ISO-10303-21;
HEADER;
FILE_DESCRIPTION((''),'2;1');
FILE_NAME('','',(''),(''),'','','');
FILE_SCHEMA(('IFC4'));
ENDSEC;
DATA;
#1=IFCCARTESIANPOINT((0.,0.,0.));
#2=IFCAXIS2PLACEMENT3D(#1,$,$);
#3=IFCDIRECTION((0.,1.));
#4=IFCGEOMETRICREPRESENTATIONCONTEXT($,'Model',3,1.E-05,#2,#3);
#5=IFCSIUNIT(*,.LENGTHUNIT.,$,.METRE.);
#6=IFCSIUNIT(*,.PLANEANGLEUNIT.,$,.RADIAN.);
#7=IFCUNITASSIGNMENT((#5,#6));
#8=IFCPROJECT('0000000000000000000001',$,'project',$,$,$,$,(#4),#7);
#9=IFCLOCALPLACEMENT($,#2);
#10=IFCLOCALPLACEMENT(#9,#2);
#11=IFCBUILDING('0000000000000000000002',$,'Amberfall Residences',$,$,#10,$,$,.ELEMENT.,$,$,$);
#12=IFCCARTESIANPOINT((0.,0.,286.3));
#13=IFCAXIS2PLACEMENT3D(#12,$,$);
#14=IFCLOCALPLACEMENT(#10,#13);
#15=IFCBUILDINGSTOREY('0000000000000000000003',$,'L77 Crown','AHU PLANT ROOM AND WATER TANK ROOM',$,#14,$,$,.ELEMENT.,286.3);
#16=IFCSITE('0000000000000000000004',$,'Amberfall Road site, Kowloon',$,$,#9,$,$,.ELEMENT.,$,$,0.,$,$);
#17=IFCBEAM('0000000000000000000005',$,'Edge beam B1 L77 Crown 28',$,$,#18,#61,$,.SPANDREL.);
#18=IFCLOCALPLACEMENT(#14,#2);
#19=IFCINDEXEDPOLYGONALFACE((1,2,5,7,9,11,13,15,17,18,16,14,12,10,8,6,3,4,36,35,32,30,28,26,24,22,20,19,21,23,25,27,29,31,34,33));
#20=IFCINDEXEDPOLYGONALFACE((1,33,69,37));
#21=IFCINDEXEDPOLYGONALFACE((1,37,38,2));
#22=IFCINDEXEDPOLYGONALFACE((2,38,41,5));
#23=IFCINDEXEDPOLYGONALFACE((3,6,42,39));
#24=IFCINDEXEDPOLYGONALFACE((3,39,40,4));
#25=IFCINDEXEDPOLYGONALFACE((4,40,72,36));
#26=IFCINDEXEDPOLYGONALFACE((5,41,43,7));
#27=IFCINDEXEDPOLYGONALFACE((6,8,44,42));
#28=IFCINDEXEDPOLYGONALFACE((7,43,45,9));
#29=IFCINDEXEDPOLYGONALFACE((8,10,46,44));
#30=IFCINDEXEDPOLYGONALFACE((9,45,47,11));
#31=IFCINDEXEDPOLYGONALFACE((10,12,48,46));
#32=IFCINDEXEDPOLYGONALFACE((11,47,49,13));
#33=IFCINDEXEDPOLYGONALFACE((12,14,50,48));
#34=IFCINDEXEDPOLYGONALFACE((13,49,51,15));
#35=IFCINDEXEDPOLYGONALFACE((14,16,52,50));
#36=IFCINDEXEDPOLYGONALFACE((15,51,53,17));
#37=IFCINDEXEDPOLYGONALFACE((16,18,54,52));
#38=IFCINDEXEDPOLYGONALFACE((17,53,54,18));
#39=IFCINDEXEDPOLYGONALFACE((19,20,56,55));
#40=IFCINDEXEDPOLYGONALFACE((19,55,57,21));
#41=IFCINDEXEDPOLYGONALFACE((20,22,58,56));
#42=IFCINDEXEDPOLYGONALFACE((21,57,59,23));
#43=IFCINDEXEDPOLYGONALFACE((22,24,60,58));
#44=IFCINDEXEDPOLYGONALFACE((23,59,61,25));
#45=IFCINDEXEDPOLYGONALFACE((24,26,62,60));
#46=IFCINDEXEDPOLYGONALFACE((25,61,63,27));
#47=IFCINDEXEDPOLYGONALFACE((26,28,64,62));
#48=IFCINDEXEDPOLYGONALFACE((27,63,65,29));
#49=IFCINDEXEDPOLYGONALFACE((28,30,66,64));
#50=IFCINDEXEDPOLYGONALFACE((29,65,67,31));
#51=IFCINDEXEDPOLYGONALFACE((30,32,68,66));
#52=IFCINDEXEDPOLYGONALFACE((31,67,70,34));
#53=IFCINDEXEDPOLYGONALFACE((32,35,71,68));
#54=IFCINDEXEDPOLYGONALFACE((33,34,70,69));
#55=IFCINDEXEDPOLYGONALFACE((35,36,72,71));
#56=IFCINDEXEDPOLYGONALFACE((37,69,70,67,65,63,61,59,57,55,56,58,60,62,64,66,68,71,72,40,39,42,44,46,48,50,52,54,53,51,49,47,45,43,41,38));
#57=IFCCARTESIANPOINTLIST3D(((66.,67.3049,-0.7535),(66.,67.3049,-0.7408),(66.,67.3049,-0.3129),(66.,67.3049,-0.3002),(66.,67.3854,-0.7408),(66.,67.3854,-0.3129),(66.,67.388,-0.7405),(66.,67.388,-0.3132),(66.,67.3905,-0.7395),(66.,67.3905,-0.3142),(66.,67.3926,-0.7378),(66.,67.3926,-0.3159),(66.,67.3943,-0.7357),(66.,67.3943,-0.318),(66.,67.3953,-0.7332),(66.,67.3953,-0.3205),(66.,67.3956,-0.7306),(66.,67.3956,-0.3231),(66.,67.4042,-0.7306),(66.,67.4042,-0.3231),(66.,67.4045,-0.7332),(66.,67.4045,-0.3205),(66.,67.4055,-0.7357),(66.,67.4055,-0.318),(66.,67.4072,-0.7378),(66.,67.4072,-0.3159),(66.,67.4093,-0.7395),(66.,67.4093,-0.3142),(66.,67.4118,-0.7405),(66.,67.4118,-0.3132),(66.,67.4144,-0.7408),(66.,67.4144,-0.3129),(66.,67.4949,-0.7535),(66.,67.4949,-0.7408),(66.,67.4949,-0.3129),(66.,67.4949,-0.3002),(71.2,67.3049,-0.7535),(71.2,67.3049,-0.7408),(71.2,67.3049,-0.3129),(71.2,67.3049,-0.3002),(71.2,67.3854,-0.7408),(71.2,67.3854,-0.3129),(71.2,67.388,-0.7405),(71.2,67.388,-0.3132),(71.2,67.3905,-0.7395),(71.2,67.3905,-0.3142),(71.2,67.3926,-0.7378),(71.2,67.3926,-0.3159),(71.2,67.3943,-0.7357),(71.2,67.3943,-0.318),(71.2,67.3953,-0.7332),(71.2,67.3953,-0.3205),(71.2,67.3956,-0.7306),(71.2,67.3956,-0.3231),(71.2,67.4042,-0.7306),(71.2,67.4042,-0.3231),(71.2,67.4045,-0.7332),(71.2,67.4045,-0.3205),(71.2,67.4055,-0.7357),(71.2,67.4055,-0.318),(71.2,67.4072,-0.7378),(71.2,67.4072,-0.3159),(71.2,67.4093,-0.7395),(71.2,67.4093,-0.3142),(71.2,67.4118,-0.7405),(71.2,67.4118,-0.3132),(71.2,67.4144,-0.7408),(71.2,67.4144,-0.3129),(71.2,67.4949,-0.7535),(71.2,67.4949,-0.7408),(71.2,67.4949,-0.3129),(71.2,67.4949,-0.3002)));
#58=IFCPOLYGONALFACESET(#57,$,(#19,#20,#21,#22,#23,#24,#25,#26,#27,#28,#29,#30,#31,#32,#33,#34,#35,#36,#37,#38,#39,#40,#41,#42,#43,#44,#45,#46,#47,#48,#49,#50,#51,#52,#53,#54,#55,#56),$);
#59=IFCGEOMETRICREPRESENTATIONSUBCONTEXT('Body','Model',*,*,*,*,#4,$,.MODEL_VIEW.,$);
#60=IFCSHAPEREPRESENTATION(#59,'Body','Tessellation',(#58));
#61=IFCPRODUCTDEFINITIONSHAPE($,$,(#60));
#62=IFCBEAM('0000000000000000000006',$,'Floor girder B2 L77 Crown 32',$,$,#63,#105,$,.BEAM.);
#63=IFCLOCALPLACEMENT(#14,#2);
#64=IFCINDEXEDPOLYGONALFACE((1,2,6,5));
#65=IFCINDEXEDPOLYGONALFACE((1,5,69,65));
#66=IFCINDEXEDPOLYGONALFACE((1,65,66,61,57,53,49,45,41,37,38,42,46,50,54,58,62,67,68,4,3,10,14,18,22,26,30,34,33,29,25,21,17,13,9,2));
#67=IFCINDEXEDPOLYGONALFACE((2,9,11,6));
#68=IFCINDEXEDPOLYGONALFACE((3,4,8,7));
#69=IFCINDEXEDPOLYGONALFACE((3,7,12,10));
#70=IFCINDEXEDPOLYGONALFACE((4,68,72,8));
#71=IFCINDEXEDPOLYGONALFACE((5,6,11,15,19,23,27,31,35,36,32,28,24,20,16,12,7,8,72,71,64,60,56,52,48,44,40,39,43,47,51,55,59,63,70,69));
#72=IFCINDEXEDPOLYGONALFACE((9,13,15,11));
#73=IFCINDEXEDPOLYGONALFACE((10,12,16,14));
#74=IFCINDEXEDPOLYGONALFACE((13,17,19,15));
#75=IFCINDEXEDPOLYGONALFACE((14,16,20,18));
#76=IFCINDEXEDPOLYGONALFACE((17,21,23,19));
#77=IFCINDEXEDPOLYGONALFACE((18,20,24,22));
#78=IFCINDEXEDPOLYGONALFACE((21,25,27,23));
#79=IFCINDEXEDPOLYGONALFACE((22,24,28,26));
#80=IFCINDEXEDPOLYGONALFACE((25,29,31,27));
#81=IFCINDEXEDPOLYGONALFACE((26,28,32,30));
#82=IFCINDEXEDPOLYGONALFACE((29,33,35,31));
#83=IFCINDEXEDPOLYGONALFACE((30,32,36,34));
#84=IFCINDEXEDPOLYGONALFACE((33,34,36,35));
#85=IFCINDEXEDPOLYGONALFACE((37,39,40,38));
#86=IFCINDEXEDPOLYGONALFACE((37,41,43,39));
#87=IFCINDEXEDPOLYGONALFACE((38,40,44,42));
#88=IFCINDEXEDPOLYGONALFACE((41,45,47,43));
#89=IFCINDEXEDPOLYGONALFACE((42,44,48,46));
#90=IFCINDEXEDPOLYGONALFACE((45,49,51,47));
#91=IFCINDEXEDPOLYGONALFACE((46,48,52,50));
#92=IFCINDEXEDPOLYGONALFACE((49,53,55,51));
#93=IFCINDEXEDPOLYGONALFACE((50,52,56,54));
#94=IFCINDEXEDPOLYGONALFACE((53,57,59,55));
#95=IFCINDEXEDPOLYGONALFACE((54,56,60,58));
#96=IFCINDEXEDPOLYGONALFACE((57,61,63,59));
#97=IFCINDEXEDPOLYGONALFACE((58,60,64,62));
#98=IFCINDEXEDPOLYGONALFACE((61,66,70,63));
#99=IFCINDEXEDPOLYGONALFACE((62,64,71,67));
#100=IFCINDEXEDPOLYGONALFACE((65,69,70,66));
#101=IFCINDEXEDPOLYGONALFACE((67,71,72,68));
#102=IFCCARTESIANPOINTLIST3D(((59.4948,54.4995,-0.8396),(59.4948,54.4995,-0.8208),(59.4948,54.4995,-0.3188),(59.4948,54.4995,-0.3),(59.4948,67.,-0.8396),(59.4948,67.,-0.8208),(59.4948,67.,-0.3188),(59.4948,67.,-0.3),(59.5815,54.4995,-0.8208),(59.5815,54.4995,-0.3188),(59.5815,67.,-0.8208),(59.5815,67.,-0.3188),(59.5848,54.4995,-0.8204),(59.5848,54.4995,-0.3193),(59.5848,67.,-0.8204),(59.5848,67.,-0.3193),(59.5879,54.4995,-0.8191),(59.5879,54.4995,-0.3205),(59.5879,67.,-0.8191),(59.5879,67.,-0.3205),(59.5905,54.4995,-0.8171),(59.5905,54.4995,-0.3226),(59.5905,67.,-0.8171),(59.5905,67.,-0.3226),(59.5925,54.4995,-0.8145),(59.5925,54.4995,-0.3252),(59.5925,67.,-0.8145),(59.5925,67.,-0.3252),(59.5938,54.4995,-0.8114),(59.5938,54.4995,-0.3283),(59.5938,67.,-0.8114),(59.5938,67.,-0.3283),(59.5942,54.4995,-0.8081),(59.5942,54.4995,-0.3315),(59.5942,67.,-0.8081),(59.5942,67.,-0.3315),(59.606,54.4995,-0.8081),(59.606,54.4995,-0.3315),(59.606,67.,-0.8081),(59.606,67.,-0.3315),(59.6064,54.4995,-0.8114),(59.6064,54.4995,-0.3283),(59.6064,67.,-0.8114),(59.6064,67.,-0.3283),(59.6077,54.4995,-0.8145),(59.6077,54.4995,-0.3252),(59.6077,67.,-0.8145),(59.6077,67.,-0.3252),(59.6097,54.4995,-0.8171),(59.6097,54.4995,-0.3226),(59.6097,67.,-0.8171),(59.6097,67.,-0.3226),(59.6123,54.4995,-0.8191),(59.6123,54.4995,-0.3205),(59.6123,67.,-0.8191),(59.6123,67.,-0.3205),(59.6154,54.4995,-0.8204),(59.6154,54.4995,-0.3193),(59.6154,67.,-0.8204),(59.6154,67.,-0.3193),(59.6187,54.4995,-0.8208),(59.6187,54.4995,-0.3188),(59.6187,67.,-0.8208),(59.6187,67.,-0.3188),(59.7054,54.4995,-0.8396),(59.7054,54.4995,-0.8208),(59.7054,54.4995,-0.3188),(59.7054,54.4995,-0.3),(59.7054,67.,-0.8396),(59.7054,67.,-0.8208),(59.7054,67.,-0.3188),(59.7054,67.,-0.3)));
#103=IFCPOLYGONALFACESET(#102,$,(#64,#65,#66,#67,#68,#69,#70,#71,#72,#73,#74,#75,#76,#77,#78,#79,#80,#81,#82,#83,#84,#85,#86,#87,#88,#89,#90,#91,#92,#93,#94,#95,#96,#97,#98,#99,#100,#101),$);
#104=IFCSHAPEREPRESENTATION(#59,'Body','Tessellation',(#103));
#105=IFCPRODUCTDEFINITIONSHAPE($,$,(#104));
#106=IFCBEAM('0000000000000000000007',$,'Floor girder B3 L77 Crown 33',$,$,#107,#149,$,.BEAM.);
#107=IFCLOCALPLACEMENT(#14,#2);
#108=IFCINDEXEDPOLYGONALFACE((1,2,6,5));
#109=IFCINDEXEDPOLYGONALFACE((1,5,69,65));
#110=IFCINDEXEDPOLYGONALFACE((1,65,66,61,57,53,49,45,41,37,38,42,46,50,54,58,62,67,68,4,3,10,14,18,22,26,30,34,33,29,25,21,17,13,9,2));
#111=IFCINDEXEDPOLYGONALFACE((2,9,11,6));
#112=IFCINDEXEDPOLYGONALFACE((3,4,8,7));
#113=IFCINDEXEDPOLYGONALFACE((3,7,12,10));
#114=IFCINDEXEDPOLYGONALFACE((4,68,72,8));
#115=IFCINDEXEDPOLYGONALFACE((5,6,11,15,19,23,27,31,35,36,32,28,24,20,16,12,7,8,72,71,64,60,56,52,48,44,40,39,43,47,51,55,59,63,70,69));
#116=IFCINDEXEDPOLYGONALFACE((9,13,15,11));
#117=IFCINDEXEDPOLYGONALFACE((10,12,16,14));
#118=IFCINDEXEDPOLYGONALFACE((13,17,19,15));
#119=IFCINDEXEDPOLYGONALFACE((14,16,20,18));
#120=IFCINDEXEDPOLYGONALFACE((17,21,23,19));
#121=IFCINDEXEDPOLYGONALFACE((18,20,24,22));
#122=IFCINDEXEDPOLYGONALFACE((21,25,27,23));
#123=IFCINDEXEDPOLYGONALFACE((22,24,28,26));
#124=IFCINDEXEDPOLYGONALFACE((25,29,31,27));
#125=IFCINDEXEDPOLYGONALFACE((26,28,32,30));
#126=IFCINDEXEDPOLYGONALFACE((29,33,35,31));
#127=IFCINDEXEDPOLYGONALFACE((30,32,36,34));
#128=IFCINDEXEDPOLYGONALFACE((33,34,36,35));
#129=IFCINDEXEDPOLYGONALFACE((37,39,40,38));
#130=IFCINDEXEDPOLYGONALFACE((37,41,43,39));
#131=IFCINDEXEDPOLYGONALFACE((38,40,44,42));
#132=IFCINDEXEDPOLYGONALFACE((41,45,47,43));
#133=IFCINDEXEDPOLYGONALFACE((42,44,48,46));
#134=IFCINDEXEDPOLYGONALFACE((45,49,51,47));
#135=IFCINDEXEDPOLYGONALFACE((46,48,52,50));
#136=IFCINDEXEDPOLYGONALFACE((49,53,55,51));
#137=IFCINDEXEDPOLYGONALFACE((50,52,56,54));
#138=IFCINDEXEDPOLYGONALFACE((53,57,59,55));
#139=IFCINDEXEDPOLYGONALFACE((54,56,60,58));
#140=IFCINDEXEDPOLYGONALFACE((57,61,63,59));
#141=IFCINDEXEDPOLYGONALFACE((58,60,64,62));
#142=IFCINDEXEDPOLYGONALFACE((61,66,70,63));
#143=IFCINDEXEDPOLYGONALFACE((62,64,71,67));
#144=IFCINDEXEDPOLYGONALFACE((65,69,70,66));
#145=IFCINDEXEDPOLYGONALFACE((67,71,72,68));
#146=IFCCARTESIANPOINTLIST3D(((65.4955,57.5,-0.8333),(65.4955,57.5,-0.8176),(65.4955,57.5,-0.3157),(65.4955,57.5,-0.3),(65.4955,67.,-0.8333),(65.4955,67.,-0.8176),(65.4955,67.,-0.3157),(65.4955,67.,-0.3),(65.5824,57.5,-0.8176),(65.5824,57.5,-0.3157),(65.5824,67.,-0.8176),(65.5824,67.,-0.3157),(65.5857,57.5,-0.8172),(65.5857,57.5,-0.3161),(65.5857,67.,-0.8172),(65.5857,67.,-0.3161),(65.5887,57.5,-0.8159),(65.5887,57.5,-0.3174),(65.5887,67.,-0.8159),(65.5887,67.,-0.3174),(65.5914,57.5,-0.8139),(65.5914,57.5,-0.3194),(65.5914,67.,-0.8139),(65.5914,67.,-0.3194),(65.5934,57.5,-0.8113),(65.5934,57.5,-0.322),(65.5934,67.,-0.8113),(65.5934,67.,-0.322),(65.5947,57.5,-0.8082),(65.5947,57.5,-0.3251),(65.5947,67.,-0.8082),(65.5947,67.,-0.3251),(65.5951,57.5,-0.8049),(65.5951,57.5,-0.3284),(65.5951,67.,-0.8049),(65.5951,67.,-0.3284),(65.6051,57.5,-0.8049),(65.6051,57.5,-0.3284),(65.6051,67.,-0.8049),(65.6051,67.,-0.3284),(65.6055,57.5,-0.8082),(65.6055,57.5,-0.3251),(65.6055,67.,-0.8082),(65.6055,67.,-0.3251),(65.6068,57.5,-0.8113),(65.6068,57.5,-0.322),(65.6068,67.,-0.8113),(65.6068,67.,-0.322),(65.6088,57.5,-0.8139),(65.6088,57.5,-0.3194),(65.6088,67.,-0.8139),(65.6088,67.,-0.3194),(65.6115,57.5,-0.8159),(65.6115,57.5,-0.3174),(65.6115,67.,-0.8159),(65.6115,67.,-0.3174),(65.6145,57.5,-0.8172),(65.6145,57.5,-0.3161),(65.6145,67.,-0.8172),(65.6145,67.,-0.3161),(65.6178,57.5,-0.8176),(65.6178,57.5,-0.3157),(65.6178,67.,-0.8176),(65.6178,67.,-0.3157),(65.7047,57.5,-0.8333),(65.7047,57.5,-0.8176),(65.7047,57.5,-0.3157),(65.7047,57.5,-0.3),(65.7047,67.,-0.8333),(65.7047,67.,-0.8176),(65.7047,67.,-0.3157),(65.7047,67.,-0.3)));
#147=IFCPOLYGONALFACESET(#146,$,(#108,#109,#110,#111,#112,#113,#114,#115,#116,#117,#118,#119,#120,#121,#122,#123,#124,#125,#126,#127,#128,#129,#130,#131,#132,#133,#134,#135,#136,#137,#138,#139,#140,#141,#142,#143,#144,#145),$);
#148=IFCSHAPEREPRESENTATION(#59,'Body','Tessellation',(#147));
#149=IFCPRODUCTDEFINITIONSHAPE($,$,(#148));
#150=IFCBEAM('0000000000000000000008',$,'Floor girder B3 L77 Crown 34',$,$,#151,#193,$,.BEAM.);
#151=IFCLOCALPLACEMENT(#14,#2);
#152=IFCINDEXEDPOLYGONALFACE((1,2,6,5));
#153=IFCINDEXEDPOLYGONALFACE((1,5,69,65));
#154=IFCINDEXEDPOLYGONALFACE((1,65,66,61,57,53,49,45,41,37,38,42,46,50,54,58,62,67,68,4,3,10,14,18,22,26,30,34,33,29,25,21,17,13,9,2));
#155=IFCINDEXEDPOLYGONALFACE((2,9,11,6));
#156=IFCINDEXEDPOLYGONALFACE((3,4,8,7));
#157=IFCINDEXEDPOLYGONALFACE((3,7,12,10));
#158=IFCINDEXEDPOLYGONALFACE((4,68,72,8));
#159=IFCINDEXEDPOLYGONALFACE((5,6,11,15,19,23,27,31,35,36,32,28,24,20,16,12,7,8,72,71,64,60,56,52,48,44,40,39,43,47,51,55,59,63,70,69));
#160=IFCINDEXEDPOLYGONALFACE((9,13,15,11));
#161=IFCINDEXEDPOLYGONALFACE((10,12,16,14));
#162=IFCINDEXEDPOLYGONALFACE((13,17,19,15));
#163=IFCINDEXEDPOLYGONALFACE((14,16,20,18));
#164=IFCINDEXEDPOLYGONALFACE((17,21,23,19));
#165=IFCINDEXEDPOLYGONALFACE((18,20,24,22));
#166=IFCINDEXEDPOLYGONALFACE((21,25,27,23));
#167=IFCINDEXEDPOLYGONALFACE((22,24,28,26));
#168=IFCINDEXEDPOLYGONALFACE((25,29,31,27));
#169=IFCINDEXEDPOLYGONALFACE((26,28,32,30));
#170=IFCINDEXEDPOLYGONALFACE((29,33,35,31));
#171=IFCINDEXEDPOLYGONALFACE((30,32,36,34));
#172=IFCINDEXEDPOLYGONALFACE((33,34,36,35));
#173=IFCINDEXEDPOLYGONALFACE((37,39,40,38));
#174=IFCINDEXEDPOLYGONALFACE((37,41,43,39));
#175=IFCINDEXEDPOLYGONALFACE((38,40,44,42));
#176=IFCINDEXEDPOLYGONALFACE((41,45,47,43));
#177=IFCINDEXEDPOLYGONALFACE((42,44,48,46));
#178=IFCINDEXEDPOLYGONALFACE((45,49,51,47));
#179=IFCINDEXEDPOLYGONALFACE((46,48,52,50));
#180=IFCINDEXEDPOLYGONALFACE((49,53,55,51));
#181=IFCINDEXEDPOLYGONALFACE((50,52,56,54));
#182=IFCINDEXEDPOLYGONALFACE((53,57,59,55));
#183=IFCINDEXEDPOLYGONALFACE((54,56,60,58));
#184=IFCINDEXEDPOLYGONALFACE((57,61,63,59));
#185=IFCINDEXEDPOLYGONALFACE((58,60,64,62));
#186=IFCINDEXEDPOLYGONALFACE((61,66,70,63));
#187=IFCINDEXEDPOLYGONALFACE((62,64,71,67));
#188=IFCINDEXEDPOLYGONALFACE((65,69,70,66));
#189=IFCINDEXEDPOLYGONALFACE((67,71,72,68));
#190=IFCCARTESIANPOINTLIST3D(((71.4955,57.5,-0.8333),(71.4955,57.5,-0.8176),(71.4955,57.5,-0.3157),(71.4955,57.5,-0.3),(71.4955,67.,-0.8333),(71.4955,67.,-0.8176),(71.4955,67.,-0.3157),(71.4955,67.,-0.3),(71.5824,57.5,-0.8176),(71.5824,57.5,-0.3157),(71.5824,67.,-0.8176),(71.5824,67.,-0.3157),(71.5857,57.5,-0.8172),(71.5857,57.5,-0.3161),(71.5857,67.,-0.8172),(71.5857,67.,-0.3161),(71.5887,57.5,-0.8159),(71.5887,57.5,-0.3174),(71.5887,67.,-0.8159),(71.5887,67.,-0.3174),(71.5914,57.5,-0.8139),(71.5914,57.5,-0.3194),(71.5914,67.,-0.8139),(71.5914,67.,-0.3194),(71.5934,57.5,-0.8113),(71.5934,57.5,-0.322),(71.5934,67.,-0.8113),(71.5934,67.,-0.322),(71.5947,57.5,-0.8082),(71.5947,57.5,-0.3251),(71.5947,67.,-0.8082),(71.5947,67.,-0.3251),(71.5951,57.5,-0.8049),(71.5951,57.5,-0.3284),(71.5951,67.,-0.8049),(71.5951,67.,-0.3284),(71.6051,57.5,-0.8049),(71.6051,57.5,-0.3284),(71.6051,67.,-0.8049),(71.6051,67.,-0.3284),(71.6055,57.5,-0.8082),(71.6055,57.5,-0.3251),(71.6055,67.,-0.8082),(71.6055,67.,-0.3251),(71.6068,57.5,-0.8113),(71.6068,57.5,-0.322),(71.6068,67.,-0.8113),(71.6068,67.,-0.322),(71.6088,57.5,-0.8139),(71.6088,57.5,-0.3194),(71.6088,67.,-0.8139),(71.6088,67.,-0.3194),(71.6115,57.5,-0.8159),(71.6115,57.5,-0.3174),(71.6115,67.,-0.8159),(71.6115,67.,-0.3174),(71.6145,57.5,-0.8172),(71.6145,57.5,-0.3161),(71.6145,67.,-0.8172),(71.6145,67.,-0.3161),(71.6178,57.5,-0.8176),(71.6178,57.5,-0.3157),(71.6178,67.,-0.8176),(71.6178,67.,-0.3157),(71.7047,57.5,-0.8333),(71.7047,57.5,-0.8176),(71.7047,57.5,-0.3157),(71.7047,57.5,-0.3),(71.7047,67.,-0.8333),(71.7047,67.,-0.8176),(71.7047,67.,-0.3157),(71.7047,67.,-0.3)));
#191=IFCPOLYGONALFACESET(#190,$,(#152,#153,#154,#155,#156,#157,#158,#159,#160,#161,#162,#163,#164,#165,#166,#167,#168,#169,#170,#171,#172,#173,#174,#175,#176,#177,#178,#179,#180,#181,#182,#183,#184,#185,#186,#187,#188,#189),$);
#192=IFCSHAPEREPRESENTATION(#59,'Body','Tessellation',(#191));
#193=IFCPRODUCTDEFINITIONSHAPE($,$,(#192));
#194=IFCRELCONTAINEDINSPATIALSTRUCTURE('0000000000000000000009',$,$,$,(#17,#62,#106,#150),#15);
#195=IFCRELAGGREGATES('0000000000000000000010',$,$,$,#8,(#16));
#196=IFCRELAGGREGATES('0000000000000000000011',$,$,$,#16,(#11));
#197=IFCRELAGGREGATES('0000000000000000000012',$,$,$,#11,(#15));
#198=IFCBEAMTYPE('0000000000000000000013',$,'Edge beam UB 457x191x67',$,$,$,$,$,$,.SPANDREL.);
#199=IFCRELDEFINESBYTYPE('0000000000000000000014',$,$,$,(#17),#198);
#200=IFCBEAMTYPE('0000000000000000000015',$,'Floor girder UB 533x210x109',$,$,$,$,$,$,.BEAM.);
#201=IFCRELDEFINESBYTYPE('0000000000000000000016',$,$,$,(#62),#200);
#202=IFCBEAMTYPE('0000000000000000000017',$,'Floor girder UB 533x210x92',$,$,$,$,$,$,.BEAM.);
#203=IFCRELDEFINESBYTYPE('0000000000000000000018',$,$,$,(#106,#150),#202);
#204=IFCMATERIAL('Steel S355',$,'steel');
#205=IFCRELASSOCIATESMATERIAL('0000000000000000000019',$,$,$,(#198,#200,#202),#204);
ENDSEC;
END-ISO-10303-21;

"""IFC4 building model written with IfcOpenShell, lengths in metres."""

from ifc_helpers import new_model, si_unit, direction, frame, origin, origin_2d, place, context, subcontext, project, spatial, i_section, extrude, material, material_profile, profile_set, type_object, element, save


model = new_model("IFC4")

# Units and contexts
model_context = context("Model", 3, precision=1e-05, world=origin(), true_north=direction((0.0, 1.0)))
body_context = subcontext(model_context, "Body", "Model", "MODEL_VIEW")
ifc_project = project(units=[si_unit("LENGTHUNIT", "METRE"), si_unit("PLANEANGLEUNIT", "RADIAN")], contexts=[model_context])

# Site, building, storey
site_placement = place(None, origin())
site = spatial("IfcSite", under=ifc_project, at=site_placement, Name="Amberfall Road site, Kowloon", CompositionType="ELEMENT", RefElevation=0.0)
building_placement = place(site_placement, origin())
building = spatial("IfcBuilding", under=site, at=building_placement, Name="Amberfall Residences", CompositionType="ELEMENT")
storey_placement = place(building_placement, frame((0.0, 0.0, 286.3)))
storey = spatial("IfcBuildingStorey", under=building, at=storey_placement, Name="L77 Crown", Description="AHU PLANT ROOM AND WATER TANK ROOM", CompositionType="ELEMENT", Elevation=286.3)

# Beams
ifc_material_1 = material(Name="Steel S355", Category="steel")
ifc_material_profile_1 = material_profile(ifc_material_1, i_section(OverallWidth=0.1899, OverallDepth=0.4534, WebThickness=0.0085, FlangeThickness=0.0127, FilletRadius=0.0103, at=origin_2d()), Name="UB 457x191x67")
ifc_profile_set_1 = profile_set([ifc_material_profile_1], Name="Steel S355")
beam_type_1 = type_object("IfcBeamType", Name="Edge beam UB 457x191x67", PredefinedType="SPANDREL", material=ifc_profile_set_1)
for number, where, z_axis, x_axis, name in (
    (1, (66.0, 67.3999, -0.5269), (1.0, 0.0, 0.0), (0.0, 1.0, 0.0), "Edge beam B1 L77 Crown 28"),
):
    element("IfcBeam", number, at=place(storey_placement, frame(where, z_axis=z_axis, x_axis=x_axis)), inside=storey, type_object=beam_type_1, Name=name, PredefinedType="SPANDREL", context=body_context, shape_type="SweptSolid", body=[
        extrude(i_section(OverallWidth=0.1899, OverallDepth=0.4534, WebThickness=0.0085, FlangeThickness=0.0127, FilletRadius=0.0103, at=origin_2d()), origin(), (0.0, 0.0, 1.0), 5.2),
    ])
ifc_material_profile_2 = material_profile(ifc_material_1, i_section(OverallWidth=0.2107, OverallDepth=0.5396, WebThickness=0.0117, FlangeThickness=0.0188, FilletRadius=0.0127, at=origin_2d()), Name="UB 533x210x109")
ifc_profile_set_2 = profile_set([ifc_material_profile_2], Name="Steel S355")
beam_type_2 = type_object("IfcBeamType", Name="Floor girder UB 533x210x109", PredefinedType="BEAM", material=ifc_profile_set_2)
beam_placement = place(storey_placement, frame((59.6001, 67.0, -0.5698), z_axis=(0.0, -1.0, 0.0), x_axis=(1.0, 0.0, 0.0)))
element("IfcBeam", 2, at=beam_placement, inside=storey, type_object=beam_type_2, Name="Floor girder B2 L77 Crown 32", PredefinedType="BEAM", context=body_context, shape_type="SweptSolid", body=[
    extrude(i_section(OverallWidth=0.2107, OverallDepth=0.5396, WebThickness=0.0117, FlangeThickness=0.0188, FilletRadius=0.0127, at=origin_2d()), origin(), (0.0, 0.0, 1.0), 12.5005),
])
ifc_material_profile_3 = material_profile(ifc_material_1, i_section(OverallWidth=0.2092, OverallDepth=0.5332, WebThickness=0.01, FlangeThickness=0.0156, FilletRadius=0.0127, at=origin_2d()), Name="UB 533x210x92")
ifc_profile_set_3 = profile_set([ifc_material_profile_3], Name="Steel S355")
beam_type_3 = type_object("IfcBeamType", Name="Floor girder UB 533x210x92", PredefinedType="BEAM", material=ifc_profile_set_3)
for number, where, z_axis, x_axis, name in (
    (3, (65.6001, 67.0, -0.5667), (0.0, -1.0, 0.0), (1.0, 0.0, 0.0), "Floor girder B3 L77 Crown 33"),
    (4, (71.6001, 67.0, -0.5667), (0.0, -1.0, 0.0), (1.0, 0.0, 0.0), "Floor girder B3 L77 Crown 34"),
):
    element("IfcBeam", number, at=place(storey_placement, frame(where, z_axis=z_axis, x_axis=x_axis)), inside=storey, type_object=beam_type_3, Name=name, PredefinedType="BEAM", context=body_context, shape_type="SweptSolid", body=[
        extrude(i_section(OverallWidth=0.2092, OverallDepth=0.5332, WebThickness=0.01, FlangeThickness=0.0156, FilletRadius=0.0127, at=origin_2d()), origin(), (0.0, 0.0, 1.0), 9.5),
    ])

save(model, "model.ifc")
